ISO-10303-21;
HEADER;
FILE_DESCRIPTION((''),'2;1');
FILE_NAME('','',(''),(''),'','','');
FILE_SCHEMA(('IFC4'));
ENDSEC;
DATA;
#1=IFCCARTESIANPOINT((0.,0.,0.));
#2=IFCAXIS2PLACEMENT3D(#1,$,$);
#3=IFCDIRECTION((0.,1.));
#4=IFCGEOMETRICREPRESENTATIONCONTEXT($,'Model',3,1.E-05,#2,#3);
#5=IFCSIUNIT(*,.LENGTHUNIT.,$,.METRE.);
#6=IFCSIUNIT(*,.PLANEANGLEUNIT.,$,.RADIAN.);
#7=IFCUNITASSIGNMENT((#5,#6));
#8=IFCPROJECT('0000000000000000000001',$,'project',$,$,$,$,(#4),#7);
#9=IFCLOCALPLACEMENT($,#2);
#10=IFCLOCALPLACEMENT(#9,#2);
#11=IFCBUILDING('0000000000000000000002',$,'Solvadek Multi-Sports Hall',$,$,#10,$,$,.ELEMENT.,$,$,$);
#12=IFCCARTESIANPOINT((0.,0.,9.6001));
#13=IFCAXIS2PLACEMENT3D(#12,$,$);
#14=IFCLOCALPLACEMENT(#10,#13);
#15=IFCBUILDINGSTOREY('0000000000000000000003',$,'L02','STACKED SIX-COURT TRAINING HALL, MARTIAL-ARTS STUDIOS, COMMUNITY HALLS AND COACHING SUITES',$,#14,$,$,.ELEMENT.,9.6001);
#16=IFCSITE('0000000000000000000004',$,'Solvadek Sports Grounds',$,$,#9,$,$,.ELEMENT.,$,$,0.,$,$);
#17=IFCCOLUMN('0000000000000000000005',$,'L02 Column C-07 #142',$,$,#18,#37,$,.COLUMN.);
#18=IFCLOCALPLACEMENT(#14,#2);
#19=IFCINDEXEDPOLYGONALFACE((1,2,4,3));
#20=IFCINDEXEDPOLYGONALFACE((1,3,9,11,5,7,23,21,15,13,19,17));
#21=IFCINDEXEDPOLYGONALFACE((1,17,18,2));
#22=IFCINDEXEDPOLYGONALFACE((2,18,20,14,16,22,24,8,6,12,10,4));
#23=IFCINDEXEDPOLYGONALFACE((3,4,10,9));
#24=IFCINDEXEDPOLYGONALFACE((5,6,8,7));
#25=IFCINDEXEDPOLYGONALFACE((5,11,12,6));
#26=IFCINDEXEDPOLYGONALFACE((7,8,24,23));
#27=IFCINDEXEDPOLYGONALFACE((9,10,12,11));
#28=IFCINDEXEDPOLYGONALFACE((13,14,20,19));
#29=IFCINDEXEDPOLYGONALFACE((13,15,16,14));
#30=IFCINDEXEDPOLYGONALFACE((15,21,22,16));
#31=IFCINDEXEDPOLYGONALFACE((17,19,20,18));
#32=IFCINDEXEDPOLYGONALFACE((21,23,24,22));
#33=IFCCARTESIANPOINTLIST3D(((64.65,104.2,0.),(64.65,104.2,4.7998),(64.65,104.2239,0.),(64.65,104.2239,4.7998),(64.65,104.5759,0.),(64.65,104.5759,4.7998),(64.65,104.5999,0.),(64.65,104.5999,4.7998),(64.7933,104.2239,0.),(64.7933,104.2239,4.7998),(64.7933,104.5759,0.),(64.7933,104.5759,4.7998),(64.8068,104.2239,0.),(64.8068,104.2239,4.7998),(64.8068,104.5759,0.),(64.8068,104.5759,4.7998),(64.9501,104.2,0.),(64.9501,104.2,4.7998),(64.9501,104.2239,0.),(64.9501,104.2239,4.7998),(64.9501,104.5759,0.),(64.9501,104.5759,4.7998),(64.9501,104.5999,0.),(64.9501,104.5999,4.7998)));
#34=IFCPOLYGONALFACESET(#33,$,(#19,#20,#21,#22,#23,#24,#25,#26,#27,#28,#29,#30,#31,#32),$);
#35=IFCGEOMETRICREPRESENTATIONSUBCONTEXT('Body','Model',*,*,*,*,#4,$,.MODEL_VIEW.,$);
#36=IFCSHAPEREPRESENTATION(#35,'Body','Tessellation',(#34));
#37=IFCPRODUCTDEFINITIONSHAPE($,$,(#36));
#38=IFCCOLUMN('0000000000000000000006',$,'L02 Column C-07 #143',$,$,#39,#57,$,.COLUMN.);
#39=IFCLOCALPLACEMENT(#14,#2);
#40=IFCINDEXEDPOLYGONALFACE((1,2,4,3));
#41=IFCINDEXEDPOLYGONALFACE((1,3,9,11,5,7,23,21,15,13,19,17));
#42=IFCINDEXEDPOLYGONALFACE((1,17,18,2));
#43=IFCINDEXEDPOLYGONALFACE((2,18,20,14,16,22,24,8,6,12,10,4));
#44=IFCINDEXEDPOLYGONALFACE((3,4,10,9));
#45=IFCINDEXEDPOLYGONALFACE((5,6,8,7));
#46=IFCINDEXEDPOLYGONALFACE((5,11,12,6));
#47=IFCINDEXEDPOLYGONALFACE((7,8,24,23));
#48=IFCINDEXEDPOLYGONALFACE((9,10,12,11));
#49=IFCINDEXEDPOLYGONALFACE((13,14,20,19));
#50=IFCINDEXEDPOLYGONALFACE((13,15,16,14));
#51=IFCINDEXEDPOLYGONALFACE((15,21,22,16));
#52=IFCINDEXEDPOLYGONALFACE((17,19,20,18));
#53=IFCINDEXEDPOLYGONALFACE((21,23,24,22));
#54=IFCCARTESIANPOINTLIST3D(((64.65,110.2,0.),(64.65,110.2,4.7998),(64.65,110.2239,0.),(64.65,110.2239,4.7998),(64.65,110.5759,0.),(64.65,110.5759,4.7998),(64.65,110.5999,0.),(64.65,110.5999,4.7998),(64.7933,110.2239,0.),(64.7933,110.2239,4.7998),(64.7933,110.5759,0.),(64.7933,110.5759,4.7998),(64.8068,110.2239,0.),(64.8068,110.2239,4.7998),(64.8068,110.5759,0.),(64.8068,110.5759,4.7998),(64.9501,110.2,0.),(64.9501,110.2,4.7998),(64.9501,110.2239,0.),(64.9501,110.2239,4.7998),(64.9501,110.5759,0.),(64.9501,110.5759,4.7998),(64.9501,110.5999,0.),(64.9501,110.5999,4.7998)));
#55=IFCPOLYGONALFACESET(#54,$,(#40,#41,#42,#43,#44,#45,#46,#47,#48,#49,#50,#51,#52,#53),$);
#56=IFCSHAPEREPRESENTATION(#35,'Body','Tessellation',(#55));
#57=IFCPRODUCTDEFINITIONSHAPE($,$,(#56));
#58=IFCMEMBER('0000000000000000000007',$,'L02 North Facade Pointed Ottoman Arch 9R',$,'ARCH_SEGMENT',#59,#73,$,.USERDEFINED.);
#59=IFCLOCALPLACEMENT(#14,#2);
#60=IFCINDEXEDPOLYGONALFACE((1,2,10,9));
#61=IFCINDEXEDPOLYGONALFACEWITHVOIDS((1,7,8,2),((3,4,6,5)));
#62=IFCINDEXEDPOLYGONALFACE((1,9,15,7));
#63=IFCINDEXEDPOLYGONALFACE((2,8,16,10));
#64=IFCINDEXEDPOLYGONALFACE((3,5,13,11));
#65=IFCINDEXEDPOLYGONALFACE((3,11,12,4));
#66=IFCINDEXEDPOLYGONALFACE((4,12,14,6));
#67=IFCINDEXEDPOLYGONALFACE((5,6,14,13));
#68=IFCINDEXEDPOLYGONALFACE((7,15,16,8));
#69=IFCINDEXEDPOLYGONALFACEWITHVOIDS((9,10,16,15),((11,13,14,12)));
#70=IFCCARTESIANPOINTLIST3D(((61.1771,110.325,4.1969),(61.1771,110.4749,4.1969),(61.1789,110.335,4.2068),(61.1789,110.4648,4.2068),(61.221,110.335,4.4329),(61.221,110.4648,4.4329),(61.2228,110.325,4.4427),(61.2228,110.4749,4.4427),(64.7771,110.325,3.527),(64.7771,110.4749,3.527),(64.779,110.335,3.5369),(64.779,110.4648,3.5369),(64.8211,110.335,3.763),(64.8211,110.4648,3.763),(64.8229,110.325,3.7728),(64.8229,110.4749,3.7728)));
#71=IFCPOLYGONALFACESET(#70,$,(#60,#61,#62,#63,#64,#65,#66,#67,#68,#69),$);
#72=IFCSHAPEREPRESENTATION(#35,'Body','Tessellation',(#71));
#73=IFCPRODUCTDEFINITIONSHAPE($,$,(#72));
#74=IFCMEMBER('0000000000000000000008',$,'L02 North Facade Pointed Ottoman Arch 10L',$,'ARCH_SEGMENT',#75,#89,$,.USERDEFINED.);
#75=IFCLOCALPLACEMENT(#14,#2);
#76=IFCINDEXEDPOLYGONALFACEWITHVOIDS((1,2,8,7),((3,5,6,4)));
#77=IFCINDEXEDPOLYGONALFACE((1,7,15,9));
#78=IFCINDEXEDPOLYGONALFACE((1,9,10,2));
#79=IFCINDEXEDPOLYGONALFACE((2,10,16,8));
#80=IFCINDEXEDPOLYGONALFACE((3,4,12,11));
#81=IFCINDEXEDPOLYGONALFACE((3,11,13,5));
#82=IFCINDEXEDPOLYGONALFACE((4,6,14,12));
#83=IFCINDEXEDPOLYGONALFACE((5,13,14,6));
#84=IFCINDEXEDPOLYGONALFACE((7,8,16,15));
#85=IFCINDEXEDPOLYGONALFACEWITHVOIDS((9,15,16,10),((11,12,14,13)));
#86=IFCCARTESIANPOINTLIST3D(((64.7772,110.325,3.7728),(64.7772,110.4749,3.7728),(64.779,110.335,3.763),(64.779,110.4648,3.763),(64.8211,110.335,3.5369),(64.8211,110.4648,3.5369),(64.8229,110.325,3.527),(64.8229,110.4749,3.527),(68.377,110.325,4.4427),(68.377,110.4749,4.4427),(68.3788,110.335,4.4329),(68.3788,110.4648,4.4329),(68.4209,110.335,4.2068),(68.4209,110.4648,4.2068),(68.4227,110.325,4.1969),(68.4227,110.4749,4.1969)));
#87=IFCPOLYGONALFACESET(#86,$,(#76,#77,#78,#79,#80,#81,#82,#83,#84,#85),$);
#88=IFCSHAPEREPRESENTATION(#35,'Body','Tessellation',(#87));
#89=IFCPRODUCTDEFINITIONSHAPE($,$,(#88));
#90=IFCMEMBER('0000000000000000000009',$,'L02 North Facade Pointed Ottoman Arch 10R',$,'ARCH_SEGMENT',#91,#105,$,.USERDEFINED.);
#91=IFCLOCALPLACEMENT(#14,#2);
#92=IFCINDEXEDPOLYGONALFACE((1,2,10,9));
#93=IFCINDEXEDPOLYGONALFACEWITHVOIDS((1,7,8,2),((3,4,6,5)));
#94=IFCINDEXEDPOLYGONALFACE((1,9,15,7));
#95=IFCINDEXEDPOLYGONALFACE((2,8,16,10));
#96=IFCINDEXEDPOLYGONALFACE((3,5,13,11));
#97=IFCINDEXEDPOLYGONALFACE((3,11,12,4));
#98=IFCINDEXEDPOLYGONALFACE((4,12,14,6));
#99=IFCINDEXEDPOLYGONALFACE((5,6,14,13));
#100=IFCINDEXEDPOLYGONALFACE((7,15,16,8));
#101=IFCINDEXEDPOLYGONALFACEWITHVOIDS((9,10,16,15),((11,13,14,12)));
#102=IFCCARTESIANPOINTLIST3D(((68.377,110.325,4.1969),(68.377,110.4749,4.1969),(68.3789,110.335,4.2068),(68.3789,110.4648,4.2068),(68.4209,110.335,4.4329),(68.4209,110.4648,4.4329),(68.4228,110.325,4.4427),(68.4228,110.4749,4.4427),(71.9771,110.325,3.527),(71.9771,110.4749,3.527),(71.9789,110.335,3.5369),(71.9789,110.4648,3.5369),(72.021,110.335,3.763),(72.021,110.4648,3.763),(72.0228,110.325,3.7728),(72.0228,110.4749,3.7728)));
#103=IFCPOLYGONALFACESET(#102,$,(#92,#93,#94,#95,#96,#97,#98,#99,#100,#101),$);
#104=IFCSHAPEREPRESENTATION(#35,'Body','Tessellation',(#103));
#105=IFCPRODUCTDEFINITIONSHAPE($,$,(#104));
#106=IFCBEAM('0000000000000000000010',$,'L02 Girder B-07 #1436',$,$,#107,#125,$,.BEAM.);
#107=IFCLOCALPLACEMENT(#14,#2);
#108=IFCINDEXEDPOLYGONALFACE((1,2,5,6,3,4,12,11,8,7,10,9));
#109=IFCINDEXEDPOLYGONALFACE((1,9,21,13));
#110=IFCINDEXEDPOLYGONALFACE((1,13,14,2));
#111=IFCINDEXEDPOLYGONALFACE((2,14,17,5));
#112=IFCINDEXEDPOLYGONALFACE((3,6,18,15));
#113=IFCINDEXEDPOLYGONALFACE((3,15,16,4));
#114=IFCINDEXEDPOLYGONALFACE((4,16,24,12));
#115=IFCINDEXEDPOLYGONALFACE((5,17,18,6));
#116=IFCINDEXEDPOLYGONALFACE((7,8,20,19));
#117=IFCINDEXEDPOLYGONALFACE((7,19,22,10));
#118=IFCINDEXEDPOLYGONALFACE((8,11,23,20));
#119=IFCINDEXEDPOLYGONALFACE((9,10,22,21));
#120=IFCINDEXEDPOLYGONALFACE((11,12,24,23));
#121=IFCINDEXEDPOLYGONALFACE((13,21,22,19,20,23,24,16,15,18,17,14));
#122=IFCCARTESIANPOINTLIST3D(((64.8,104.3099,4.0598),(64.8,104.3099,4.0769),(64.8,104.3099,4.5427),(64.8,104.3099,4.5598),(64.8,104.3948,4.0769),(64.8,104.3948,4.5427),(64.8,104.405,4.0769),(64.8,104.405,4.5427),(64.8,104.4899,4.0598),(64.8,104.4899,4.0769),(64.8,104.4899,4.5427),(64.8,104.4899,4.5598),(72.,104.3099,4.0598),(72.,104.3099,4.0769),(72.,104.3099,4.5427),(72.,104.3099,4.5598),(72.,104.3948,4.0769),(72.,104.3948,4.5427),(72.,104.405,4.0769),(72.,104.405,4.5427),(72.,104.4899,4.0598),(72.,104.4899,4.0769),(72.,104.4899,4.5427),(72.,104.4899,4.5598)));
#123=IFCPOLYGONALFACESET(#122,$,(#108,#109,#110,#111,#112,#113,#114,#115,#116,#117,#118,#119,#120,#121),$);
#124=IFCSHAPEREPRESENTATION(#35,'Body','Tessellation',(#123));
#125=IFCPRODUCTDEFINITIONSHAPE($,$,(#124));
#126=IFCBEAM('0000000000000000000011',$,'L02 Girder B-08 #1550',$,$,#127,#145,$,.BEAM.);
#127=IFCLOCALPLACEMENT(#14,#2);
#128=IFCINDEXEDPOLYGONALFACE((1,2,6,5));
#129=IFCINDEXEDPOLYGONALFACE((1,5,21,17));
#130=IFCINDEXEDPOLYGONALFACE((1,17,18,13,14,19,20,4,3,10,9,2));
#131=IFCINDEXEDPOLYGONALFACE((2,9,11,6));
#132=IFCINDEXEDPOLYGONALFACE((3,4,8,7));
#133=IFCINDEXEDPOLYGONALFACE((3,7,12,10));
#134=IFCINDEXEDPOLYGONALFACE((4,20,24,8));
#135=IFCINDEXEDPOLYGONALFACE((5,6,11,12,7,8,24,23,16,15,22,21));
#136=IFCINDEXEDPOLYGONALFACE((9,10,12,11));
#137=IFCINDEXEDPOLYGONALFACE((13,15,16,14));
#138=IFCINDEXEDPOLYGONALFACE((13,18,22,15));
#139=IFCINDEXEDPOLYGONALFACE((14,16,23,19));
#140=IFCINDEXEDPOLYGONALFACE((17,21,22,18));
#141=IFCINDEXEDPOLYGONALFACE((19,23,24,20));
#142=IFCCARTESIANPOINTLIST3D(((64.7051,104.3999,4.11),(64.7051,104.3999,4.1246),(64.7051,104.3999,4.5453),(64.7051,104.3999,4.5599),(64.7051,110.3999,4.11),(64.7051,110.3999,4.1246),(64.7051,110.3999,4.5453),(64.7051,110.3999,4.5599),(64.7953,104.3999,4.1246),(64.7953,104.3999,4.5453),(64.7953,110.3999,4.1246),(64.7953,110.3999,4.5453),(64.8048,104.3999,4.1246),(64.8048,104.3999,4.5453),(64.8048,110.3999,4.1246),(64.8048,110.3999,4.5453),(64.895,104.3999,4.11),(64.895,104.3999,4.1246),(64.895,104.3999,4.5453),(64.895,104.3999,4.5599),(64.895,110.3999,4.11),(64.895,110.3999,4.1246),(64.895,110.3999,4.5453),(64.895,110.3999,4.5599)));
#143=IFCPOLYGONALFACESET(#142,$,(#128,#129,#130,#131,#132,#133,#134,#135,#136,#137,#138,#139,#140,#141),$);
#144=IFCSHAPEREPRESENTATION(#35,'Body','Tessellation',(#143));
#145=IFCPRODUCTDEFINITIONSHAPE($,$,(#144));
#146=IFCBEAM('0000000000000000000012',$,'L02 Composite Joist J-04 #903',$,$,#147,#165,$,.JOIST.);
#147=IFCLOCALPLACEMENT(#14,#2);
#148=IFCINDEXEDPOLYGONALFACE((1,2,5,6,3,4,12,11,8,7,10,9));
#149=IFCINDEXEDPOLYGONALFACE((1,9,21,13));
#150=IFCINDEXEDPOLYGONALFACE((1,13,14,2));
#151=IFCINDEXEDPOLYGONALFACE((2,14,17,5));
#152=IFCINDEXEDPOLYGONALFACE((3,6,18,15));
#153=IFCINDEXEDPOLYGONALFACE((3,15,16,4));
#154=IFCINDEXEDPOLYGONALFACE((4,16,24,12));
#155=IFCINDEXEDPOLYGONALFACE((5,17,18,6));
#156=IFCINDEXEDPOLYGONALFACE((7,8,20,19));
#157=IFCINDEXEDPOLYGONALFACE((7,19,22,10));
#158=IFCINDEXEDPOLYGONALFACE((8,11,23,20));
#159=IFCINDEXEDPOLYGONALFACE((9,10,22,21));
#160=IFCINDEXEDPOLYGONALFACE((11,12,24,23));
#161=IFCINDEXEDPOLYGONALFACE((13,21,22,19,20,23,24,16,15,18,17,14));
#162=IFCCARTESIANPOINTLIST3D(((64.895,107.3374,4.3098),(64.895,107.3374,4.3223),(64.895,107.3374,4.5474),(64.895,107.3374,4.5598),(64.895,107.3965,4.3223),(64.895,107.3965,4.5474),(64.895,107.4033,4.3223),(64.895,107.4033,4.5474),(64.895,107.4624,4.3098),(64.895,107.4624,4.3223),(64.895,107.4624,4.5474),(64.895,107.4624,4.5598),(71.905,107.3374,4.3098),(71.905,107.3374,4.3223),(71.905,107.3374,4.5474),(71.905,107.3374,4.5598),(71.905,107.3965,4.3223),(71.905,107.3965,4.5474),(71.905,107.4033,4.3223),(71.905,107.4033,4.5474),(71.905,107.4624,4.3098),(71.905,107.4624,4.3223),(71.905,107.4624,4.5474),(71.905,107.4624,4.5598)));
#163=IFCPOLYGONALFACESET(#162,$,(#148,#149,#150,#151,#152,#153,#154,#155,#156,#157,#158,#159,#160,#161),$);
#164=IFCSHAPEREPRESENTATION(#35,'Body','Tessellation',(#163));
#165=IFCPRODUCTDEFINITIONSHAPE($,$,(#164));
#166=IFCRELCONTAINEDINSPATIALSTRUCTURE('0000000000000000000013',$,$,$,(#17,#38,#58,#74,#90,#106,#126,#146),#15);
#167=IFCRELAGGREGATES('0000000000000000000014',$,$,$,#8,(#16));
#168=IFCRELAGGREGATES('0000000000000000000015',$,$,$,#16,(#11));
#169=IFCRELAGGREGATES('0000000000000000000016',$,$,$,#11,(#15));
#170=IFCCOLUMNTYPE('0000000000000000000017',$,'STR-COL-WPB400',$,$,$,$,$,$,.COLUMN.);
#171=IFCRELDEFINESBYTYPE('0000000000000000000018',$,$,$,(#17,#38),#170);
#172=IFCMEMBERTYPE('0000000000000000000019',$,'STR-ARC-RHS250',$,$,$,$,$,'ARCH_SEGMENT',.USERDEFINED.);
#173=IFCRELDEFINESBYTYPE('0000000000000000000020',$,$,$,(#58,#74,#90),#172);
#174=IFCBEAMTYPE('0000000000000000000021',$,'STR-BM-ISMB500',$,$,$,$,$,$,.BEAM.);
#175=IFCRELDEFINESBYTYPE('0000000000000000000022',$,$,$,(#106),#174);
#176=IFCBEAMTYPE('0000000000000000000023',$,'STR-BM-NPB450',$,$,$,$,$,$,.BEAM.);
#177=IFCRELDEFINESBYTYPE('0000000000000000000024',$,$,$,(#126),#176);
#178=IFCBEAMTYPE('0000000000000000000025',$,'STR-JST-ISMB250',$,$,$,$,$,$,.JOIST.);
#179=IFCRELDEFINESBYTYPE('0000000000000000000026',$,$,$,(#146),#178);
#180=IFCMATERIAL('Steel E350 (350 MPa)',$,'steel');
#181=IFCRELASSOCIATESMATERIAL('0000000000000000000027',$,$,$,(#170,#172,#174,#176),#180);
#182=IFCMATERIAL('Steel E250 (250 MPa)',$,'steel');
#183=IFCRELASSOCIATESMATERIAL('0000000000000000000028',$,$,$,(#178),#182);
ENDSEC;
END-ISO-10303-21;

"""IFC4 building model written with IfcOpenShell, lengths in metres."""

from ifc_helpers import new_model, si_unit, direction, frame, origin, origin_2d, place, context, subcontext, project, spatial, hollow_rectangle, i_section, extrude, material, material_profile, profile_set, type_object, element, save


model = new_model("IFC4")

# Units and contexts
model_context = context("Model", 3, precision=1e-05, world=origin(), true_north=direction((0.0, 1.0)))
body_context = subcontext(model_context, "Body", "Model", "MODEL_VIEW")
ifc_project = project(units=[si_unit("LENGTHUNIT", "METRE"), si_unit("PLANEANGLEUNIT", "RADIAN")], contexts=[model_context])

# Site, building, storey
site_placement = place(None, origin())
site = spatial("IfcSite", under=ifc_project, at=site_placement, Name="Solvadek Sports Grounds", CompositionType="ELEMENT", RefElevation=0.0)
building_placement = place(site_placement, origin())
building = spatial("IfcBuilding", under=site, at=building_placement, Name="Solvadek Multi-Sports Hall", CompositionType="ELEMENT")
storey_placement = place(building_placement, frame((0.0, 0.0, 9.6001)))
storey = spatial("IfcBuildingStorey", under=building, at=storey_placement, Name="L02", Description="STACKED SIX-COURT TRAINING HALL, MARTIAL-ARTS STUDIOS, COMMUNITY HALLS AND COACHING SUITES", CompositionType="ELEMENT", Elevation=9.6001)

# Columns
ifc_material_1 = material(Name="Steel E350 (350 MPa)", Category="steel")
ifc_material_profile_1 = material_profile(ifc_material_1, i_section(OverallWidth=0.3, OverallDepth=0.3999, WebThickness=0.0134, FlangeThickness=0.0239, at=origin_2d()), Name="WPB 400")
ifc_profile_set_1 = profile_set([ifc_material_profile_1], Name="Steel E350 (350 MPa)")
column_type = type_object("IfcColumnType", Name="STR-COL-WPB400", PredefinedType="COLUMN", material=ifc_profile_set_1)
for number, where, z_axis, x_axis, name in (
    (1, (64.8, 104.3999, 0.0), (0.0, 0.0, 1.0), (1.0, 0.0, 0.0), "L02 Column C-07 #142"),
    (2, (64.8, 110.3999, 0.0), (0.0, 0.0, 1.0), (1.0, 0.0, 0.0), "L02 Column C-07 #143"),
):
    element("IfcColumn", number, at=place(storey_placement, frame(where, z_axis=z_axis, x_axis=x_axis)), inside=storey, type_object=column_type, Name=name, PredefinedType="COLUMN", context=body_context, shape_type="SweptSolid", body=[
        extrude(i_section(OverallWidth=0.3, OverallDepth=0.3999, WebThickness=0.0134, FlangeThickness=0.0239, at=origin_2d()), origin(), (0.0, 0.0, 1.0), 4.7998),
    ])

# Members
ifc_material_profile_2 = material_profile(ifc_material_1, hollow_rectangle(XDim=0.1499, YDim=0.25, WallThickness=0.01, at=origin_2d()), Name="RHS 250x150x10")
ifc_profile_set_2 = profile_set([ifc_material_profile_2], Name="Steel E350 (350 MPa)")
member_type = type_object("IfcMemberType", Name="STR-ARC-RHS250", ElementType="ARCH_SEGMENT", PredefinedType="USERDEFINED", material=ifc_profile_set_2)
member_1_placement = place(storey_placement, frame((61.2, 110.3999, 4.3198), z_axis=(0.983123, 0.0, -0.182944), x_axis=(0.0, 1.0, 0.0)))
element("IfcMember", 3, at=member_1_placement, inside=storey, type_object=member_type, Name="L02 North Facade Pointed Ottoman Arch 9R", ObjectType="ARCH_SEGMENT", PredefinedType="USERDEFINED", context=body_context, shape_type="SweptSolid", body=[
    extrude(hollow_rectangle(XDim=0.1499, YDim=0.25, WallThickness=0.01, at=origin_2d()), origin(), (0.0, 0.0, 1.0), 3.6619),
])
member_2_placement = place(storey_placement, frame((64.8, 110.3999, 3.6499), z_axis=(0.983121, 0.0, 0.182956), x_axis=(0.0, 1.0, 0.0)))
element("IfcMember", 4, at=member_2_placement, inside=storey, type_object=member_type, Name="L02 North Facade Pointed Ottoman Arch 10L", ObjectType="ARCH_SEGMENT", PredefinedType="USERDEFINED", context=body_context, shape_type="SweptSolid", body=[
    extrude(hollow_rectangle(XDim=0.1499, YDim=0.25, WallThickness=0.01, at=origin_2d()), origin(), (0.0, 0.0, 1.0), 3.6616),
])
member_3_placement = place(storey_placement, frame((68.3999, 110.3999, 4.3198), z_axis=(0.983123, 0.0, -0.182944), x_axis=(0.0, 1.0, 0.0)))
element("IfcMember", 5, at=member_3_placement, inside=storey, type_object=member_type, Name="L02 North Facade Pointed Ottoman Arch 10R", ObjectType="ARCH_SEGMENT", PredefinedType="USERDEFINED", context=body_context, shape_type="SweptSolid", body=[
    extrude(hollow_rectangle(XDim=0.1499, YDim=0.25, WallThickness=0.01, at=origin_2d()), origin(), (0.0, 0.0, 1.0), 3.6619),
])

# Beams
ifc_material_profile_3 = material_profile(ifc_material_1, i_section(OverallWidth=0.1799, OverallDepth=0.5, WebThickness=0.0103, FlangeThickness=0.0171, at=origin_2d()), Name="ISMB 500")
ifc_profile_set_3 = profile_set([ifc_material_profile_3], Name="Steel E350 (350 MPa)")
beam_type_1 = type_object("IfcBeamType", Name="STR-BM-ISMB500", PredefinedType="BEAM", material=ifc_profile_set_3)
beam_1_placement = place(storey_placement, frame((64.8, 104.3999, 4.3098), z_axis=(1.0, 0.0, 0.0), x_axis=(0.0, 1.0, 0.0)))
element("IfcBeam", 6, at=beam_1_placement, inside=storey, type_object=beam_type_1, Name="L02 Girder B-07 #1436", PredefinedType="BEAM", context=body_context, shape_type="SweptSolid", body=[
    extrude(i_section(OverallWidth=0.1799, OverallDepth=0.5, WebThickness=0.0103, FlangeThickness=0.0171, at=origin_2d()), origin(), (0.0, 0.0, 1.0), 7.2),
])
ifc_material_profile_4 = material_profile(ifc_material_1, i_section(OverallWidth=0.1899, OverallDepth=0.45, WebThickness=0.0095, FlangeThickness=0.0146, at=origin_2d()), Name="NPB 450")
ifc_profile_set_4 = profile_set([ifc_material_profile_4], Name="Steel E350 (350 MPa)")
beam_type_2 = type_object("IfcBeamType", Name="STR-BM-NPB450", PredefinedType="BEAM", material=ifc_profile_set_4)
beam_2_placement = place(storey_placement, frame((64.8, 104.3999, 4.335), z_axis=(0.0, 1.0, 0.0), x_axis=(-1.0, 0.0, 0.0)))
element("IfcBeam", 7, at=beam_2_placement, inside=storey, type_object=beam_type_2, Name="L02 Girder B-08 #1550", PredefinedType="BEAM", context=body_context, shape_type="SweptSolid", body=[
    extrude(i_section(OverallWidth=0.1899, OverallDepth=0.45, WebThickness=0.0095, FlangeThickness=0.0146, at=origin_2d()), origin(), (0.0, 0.0, 1.0), 6.0),
])
ifc_material_2 = material(Name="Steel E250 (250 MPa)", Category="steel")
ifc_material_profile_5 = material_profile(ifc_material_2, i_section(OverallWidth=0.125, OverallDepth=0.25, WebThickness=0.0068, FlangeThickness=0.0125, at=origin_2d()), Name="ISMB 250")
ifc_profile_set_5 = profile_set([ifc_material_profile_5], Name="Steel E250 (250 MPa)")
beam_type_3 = type_object("IfcBeamType", Name="STR-JST-ISMB250", PredefinedType="JOIST", material=ifc_profile_set_5)
beam_3_placement = place(storey_placement, frame((64.895, 107.3999, 4.4348), z_axis=(1.0, 0.0, 0.0), x_axis=(0.0, 1.0, 0.0)))
element("IfcBeam", 8, at=beam_3_placement, inside=storey, type_object=beam_type_3, Name="L02 Composite Joist J-04 #903", PredefinedType="JOIST", context=body_context, shape_type="SweptSolid", body=[
    extrude(i_section(OverallWidth=0.125, OverallDepth=0.25, WebThickness=0.0068, FlangeThickness=0.0125, at=origin_2d()), origin(), (0.0, 0.0, 1.0), 7.01),
])

save(model, "model.ifc")
